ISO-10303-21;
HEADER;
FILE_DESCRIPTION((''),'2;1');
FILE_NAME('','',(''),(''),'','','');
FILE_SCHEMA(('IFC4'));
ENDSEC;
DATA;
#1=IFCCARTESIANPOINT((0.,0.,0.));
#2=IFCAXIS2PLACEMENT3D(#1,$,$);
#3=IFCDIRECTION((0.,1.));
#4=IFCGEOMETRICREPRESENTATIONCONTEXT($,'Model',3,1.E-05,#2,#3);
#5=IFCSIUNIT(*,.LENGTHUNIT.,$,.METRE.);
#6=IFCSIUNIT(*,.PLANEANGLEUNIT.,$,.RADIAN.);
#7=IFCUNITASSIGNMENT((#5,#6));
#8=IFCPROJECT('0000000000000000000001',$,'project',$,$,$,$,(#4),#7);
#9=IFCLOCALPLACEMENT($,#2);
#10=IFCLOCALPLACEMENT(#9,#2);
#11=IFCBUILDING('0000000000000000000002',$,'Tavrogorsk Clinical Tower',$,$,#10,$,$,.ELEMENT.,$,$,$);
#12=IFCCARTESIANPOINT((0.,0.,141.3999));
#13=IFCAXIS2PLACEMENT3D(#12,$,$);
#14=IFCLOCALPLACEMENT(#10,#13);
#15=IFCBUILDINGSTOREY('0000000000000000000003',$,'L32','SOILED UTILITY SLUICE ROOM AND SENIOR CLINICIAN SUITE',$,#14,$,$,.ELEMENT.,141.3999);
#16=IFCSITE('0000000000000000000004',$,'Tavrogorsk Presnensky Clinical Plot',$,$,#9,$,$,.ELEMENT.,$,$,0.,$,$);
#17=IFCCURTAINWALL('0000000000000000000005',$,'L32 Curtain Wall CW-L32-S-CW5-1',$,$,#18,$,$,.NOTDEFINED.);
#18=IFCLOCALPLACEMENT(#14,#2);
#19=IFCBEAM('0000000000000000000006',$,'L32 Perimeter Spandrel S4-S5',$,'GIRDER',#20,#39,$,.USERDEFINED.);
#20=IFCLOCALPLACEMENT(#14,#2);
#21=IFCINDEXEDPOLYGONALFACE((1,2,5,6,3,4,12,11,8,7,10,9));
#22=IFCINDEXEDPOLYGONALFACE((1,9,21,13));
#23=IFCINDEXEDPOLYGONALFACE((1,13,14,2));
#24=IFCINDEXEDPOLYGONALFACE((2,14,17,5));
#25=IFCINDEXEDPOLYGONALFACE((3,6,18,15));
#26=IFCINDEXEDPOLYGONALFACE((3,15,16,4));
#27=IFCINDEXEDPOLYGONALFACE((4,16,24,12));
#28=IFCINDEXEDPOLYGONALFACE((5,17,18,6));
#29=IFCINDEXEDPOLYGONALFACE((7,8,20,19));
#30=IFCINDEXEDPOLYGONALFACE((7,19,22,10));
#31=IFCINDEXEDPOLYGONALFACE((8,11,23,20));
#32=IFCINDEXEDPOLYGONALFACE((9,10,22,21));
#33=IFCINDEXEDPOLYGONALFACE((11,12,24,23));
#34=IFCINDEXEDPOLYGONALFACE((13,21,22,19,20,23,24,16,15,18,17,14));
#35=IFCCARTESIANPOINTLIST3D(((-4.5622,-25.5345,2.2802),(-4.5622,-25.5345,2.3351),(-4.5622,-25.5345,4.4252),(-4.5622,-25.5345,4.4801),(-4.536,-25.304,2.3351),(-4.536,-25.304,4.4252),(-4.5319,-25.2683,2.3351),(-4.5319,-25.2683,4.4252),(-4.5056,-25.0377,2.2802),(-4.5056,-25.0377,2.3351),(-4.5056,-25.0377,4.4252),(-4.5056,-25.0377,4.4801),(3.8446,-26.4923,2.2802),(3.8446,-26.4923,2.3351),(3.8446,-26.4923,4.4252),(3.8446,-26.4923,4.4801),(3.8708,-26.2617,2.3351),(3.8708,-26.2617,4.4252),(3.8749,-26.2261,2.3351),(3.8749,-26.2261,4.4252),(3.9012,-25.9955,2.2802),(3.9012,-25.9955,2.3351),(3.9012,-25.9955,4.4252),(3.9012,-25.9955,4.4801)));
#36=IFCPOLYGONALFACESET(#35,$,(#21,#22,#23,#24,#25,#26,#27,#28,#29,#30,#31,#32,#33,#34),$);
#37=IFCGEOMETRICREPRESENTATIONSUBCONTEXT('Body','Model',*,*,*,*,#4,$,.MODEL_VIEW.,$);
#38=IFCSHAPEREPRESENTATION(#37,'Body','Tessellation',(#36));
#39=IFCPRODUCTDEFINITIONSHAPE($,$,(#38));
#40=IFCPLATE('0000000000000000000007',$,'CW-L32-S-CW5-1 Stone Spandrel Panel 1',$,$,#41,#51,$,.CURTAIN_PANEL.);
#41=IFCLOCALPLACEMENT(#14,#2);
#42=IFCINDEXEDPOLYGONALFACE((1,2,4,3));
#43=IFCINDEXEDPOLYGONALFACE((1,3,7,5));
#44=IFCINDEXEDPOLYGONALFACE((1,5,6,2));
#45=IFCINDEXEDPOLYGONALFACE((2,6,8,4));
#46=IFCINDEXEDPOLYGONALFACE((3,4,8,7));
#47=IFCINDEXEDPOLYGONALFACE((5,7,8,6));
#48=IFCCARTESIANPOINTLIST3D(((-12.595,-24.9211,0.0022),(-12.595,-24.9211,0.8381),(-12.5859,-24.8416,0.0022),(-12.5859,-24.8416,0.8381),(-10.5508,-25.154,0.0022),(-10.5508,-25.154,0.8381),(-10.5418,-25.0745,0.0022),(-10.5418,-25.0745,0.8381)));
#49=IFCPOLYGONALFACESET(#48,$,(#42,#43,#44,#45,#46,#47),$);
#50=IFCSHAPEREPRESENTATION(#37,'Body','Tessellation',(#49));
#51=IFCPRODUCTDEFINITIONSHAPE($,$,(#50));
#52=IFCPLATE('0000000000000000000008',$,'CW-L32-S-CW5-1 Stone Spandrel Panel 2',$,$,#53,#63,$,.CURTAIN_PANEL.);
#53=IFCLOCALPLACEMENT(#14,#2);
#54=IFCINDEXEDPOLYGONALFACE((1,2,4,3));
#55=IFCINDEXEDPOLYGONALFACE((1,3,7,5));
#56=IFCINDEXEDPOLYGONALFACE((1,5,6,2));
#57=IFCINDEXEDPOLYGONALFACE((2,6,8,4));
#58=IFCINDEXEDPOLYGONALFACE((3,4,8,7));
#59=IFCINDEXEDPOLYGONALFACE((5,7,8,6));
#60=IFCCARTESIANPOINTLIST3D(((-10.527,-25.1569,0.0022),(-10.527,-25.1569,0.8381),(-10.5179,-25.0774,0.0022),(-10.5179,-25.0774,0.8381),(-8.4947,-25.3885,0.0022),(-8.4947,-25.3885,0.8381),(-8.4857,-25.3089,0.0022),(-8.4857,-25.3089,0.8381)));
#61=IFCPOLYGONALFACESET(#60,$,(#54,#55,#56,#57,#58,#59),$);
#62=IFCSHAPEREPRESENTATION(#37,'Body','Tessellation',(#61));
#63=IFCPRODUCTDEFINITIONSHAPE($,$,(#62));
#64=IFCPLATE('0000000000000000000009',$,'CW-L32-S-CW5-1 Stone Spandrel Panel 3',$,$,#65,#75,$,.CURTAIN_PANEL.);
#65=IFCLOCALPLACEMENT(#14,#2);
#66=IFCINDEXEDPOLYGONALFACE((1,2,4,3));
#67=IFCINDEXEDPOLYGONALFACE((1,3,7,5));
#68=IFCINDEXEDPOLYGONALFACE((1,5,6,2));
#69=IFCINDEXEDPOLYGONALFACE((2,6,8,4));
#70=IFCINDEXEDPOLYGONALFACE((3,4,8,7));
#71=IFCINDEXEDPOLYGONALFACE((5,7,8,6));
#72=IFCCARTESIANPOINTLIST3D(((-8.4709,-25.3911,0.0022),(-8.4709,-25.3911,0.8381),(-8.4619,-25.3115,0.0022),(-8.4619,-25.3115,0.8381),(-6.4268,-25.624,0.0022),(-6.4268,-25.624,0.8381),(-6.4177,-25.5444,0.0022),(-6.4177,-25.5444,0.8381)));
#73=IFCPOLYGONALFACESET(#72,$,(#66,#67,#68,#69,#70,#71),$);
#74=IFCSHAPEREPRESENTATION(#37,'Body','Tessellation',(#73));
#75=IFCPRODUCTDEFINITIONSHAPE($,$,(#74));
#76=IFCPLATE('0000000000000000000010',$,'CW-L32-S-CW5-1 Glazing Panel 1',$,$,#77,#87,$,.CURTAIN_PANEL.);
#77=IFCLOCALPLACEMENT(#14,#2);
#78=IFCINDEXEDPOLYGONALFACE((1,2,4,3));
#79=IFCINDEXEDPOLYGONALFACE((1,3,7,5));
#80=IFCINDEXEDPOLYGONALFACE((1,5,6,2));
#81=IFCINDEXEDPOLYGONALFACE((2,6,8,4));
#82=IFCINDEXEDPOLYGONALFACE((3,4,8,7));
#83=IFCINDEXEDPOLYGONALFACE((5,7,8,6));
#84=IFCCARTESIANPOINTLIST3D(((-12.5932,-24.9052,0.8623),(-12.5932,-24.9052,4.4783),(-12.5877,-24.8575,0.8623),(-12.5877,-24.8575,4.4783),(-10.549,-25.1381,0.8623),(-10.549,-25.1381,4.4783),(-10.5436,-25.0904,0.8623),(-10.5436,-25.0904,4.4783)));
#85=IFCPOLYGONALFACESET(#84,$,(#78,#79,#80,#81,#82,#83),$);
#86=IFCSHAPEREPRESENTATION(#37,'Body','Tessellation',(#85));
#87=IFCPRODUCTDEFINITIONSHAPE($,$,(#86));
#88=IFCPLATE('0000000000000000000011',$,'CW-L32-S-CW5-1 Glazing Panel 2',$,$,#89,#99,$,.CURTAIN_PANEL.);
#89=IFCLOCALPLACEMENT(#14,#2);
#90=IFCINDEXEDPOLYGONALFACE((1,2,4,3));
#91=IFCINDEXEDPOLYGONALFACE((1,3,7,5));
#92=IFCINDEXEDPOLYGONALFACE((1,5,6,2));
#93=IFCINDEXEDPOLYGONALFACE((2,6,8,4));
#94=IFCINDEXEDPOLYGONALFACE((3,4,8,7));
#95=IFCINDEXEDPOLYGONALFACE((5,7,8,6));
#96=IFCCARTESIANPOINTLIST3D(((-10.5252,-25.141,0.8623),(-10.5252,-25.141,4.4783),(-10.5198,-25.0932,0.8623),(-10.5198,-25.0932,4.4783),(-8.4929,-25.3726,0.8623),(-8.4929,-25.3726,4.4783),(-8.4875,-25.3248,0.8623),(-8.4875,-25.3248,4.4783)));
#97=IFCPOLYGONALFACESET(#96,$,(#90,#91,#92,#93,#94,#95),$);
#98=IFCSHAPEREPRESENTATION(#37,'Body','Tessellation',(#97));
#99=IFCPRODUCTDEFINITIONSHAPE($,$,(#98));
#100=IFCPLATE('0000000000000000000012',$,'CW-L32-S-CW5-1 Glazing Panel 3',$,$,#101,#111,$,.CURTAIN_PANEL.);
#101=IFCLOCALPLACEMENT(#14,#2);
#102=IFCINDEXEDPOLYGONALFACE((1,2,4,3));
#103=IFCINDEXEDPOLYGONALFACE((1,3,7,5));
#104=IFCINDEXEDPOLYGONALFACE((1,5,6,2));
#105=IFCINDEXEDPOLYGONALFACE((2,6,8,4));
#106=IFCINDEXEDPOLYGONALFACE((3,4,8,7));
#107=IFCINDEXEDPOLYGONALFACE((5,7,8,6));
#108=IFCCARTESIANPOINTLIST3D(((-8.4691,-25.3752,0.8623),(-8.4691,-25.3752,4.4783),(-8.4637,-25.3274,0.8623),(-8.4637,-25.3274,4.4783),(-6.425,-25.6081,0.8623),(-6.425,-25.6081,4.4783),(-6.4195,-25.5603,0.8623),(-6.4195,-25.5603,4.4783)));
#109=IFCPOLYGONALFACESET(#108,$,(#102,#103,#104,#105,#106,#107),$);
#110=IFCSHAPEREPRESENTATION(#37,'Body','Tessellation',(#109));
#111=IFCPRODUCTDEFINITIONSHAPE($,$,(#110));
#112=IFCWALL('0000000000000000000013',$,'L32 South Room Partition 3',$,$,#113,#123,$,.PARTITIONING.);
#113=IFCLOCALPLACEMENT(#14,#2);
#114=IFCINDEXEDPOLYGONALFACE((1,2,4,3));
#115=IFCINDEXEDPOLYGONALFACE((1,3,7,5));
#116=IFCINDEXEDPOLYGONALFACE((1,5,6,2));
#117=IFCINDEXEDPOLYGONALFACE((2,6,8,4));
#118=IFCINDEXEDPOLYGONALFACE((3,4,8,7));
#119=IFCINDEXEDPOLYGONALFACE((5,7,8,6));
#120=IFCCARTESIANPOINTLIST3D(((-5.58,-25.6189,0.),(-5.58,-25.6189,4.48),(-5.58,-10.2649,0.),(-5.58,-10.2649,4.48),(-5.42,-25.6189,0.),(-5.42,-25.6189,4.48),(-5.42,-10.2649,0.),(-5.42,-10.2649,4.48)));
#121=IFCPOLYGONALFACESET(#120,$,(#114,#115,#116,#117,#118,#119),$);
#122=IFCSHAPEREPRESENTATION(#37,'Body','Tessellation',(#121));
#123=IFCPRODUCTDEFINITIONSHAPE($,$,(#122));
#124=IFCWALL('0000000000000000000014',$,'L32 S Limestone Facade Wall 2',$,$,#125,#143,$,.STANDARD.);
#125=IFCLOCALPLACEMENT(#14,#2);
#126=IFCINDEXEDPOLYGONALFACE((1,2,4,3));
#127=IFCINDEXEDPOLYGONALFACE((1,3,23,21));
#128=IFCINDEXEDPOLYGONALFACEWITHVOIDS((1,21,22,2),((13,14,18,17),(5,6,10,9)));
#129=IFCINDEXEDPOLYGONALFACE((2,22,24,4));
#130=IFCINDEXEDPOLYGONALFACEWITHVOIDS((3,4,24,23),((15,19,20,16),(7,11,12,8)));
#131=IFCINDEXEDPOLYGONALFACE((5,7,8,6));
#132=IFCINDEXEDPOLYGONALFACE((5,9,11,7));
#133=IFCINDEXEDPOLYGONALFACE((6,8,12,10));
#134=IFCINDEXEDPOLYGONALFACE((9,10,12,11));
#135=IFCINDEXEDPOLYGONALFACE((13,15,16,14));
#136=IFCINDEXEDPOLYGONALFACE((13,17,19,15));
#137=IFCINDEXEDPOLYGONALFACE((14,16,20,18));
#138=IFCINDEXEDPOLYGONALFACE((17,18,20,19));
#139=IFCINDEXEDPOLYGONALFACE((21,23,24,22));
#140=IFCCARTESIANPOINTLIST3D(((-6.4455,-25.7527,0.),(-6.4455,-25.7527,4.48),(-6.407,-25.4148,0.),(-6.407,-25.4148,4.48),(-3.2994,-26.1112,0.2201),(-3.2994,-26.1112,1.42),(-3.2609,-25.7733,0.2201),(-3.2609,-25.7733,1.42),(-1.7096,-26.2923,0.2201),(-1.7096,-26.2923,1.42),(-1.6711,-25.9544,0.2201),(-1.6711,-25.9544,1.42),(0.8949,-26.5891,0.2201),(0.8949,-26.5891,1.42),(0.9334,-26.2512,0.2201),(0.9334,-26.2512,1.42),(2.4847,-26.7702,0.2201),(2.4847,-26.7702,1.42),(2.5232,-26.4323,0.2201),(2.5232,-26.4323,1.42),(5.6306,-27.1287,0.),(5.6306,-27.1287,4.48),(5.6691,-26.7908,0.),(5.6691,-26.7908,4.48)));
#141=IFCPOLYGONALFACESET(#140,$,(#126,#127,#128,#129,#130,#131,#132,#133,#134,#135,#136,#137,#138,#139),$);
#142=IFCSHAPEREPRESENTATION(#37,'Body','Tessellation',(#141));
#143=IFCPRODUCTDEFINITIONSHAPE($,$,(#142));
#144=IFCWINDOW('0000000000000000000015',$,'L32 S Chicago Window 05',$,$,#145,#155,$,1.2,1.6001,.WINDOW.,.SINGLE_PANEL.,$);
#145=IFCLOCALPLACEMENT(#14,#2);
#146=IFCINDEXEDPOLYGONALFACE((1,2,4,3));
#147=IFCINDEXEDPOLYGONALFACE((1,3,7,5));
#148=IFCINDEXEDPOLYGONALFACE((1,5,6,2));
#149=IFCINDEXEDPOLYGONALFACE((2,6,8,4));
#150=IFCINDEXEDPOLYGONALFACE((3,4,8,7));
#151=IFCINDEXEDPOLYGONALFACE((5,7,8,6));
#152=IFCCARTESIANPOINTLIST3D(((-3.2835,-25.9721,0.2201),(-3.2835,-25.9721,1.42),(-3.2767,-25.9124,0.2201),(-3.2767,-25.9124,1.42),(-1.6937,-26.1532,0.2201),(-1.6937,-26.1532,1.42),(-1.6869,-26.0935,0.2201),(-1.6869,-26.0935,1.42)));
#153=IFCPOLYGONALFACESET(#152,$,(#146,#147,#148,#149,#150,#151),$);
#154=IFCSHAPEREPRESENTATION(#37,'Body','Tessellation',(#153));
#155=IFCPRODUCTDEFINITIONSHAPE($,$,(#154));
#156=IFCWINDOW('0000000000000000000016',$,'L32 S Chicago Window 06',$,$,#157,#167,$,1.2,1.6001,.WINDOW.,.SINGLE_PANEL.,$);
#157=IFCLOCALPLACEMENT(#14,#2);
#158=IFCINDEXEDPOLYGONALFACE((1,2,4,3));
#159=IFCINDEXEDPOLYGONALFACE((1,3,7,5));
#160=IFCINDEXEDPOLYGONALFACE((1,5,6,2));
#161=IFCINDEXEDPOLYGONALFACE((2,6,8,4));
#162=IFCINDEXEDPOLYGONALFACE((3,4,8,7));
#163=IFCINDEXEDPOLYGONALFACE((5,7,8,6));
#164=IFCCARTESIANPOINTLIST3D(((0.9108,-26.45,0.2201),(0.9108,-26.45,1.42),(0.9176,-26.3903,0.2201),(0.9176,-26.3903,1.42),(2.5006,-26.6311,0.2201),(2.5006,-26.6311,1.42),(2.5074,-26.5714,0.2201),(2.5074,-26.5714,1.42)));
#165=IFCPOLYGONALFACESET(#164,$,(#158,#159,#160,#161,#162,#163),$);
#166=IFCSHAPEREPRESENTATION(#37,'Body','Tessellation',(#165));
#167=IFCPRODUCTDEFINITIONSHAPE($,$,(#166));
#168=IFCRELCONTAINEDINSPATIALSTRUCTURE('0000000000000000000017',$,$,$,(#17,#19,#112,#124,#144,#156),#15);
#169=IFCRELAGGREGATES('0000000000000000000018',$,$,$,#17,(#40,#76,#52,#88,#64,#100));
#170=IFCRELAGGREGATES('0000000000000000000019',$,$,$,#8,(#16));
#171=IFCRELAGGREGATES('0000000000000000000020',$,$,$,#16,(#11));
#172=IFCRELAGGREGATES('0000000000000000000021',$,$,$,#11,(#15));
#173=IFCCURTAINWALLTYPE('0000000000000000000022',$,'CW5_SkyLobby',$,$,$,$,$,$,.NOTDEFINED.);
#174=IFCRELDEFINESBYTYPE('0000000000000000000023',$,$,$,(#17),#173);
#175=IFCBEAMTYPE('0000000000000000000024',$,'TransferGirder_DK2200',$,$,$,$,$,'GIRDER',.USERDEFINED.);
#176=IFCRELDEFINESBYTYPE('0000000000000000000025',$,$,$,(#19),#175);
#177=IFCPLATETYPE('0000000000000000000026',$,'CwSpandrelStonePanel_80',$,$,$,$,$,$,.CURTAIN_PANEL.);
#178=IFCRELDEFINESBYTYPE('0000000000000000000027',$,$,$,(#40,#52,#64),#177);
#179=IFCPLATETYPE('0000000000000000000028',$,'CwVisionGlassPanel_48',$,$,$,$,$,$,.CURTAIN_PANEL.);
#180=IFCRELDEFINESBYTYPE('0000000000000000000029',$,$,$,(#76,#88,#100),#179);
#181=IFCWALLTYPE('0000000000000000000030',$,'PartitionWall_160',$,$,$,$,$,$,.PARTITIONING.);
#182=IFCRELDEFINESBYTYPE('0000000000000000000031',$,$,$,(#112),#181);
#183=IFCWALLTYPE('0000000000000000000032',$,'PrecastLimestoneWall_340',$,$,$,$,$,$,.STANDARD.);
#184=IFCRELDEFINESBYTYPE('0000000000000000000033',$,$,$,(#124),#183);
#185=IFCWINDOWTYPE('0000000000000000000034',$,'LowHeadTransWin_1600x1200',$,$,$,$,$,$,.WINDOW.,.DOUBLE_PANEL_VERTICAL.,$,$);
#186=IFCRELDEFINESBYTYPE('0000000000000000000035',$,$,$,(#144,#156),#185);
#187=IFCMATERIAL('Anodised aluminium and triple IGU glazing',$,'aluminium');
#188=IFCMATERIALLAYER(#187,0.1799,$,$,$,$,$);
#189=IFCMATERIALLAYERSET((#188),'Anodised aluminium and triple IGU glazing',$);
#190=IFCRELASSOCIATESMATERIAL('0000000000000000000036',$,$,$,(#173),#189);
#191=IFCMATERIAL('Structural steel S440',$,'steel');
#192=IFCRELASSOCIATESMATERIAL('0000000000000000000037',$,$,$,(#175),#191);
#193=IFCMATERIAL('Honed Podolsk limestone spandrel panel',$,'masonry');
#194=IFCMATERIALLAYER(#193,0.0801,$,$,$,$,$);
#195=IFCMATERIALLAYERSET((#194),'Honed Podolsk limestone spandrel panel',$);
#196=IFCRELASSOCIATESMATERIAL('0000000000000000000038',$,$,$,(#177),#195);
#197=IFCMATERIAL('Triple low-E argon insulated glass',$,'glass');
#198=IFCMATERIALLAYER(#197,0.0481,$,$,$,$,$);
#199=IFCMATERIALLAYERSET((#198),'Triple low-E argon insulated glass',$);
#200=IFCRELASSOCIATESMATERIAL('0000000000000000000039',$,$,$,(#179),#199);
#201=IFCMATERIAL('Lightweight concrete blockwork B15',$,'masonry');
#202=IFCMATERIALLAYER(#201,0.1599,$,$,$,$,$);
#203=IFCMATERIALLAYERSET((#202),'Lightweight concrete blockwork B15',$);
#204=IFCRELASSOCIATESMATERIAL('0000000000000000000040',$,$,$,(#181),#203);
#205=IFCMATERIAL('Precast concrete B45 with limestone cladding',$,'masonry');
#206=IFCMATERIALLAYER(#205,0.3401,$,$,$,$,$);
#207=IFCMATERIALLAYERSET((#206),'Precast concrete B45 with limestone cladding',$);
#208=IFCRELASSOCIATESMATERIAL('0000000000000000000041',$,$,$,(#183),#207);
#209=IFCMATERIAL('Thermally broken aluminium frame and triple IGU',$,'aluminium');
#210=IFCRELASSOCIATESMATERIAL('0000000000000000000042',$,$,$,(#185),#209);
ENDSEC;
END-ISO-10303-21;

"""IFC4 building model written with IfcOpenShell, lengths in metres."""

from ifc_helpers import new_model, si_unit, direction, frame, frame_2d, origin, origin_2d, place, context, subcontext, project, spatial, rectangle, i_section, extrude, material, layer, layer_set, material_profile, profile_set, type_object, element, fill, aggregate, save


model = new_model("IFC4")

# Units and contexts
model_context = context("Model", 3, precision=1e-05, world=origin(), true_north=direction((0.0, 1.0)))
body_context = subcontext(model_context, "Body", "Model", "MODEL_VIEW")
ifc_project = project(units=[si_unit("LENGTHUNIT", "METRE"), si_unit("PLANEANGLEUNIT", "RADIAN")], contexts=[model_context])

# Site, building, storey
site_placement = place(None, origin())
site = spatial("IfcSite", under=ifc_project, at=site_placement, Name="Tavrogorsk Presnensky Clinical Plot", CompositionType="ELEMENT", RefElevation=0.0)
building_placement = place(site_placement, origin())
building = spatial("IfcBuilding", under=site, at=building_placement, Name="Tavrogorsk Clinical Tower", CompositionType="ELEMENT")
storey_placement = place(building_placement, frame((0.0, 0.0, 141.3999)))
storey = spatial("IfcBuildingStorey", under=building, at=storey_placement, Name="L32", Description="SOILED UTILITY SLUICE ROOM AND SENIOR CLINICIAN SUITE", CompositionType="ELEMENT", Elevation=141.3999)

# Curtain wall
ifc_material_1 = material(Name="Anodised aluminium and triple IGU glazing", Category="aluminium")
ifc_layer_1 = layer(ifc_material_1, 0.1799)
ifc_layer_set_1 = layer_set([ifc_layer_1], Name="Anodised aluminium and triple IGU glazing")
curtain_wall_type = type_object("IfcCurtainWallType", Name="CW5_SkyLobby", PredefinedType="NOTDEFINED", material=ifc_layer_set_1)
curtain_wall_placement = place(storey_placement, origin())
curtain_wall = element("IfcCurtainWall", 1, at=curtain_wall_placement, inside=storey, type_object=curtain_wall_type, Name="L32 Curtain Wall CW-L32-S-CW5-1", PredefinedType="NOTDEFINED")

# Beam
ifc_material_2 = material(Name="Structural steel S440", Category="steel")
ifc_material_profile_1 = material_profile(ifc_material_2, i_section(OverallWidth=0.5, OverallDepth=2.2, WebThickness=0.0359, FlangeThickness=0.0549, at=origin_2d()), Name="DK-2200x500x36x55")
ifc_profile_set_1 = profile_set([ifc_material_profile_1], Name="Structural steel S440")
beam_type = type_object("IfcBeamType", Name="TransferGirder_DK2200", ElementType="GIRDER", PredefinedType="USERDEFINED", material=ifc_profile_set_1)
for number, where, z_axis, x_axis, name in (
    (2, (-4.5339, -25.2861, 3.3801), (0.993573, -0.113196, 0.0), (0.113196, 0.993573, 0.0), "L32 Perimeter Spandrel S4-S5"),
):
    element("IfcBeam", number, at=place(storey_placement, frame(where, z_axis=z_axis, x_axis=x_axis)), inside=storey, type_object=beam_type, Name=name, ObjectType="GIRDER", PredefinedType="USERDEFINED", context=body_context, shape_type="SweptSolid", body=[
        extrude(i_section(OverallWidth=0.5, OverallDepth=2.2, WebThickness=0.0359, FlangeThickness=0.0549, at=origin_2d()), origin(), (0.0, 0.0, 1.0), 8.4612),
    ])

# Plates
ifc_material_3 = material(Name="Honed Podolsk limestone spandrel panel", Category="masonry")
ifc_layer_2 = layer(ifc_material_3, 0.0801)
ifc_layer_set_2 = layer_set([ifc_layer_2], Name="Honed Podolsk limestone spandrel panel")
plate_type_1 = type_object("IfcPlateType", Name="CwSpandrelStonePanel_80", PredefinedType="CURTAIN_PANEL", material=ifc_layer_set_2)
plate_1_placement = place(storey_placement, frame((-11.5684, -24.9978, 0.0022), z_axis=(0.0, 0.0, 1.0), x_axis=(0.993572, -0.113203, 0.0)))
plate_1 = element("IfcPlate", 3, at=plate_1_placement, type_object=plate_type_1, Name="CW-L32-S-CW5-1 Stone Spandrel Panel 1", PredefinedType="CURTAIN_PANEL", context=body_context, shape_type="SweptSolid", body=[
    extrude(rectangle(XDim=2.0574, YDim=0.0801, at=origin_2d()), origin(), (0.0, 0.0, 1.0), 0.8359),
])
plate_2_placement = place(storey_placement, frame((-9.5063, -25.2329, 0.0022), z_axis=(0.0, 0.0, 1.0), x_axis=(0.993572, -0.113203, 0.0)))
plate_2 = element("IfcPlate", 4, at=plate_2_placement, type_object=plate_type_1, Name="CW-L32-S-CW5-1 Stone Spandrel Panel 2", PredefinedType="CURTAIN_PANEL", context=body_context, shape_type="SweptSolid", body=[
    extrude(rectangle(XDim=2.0454, YDim=0.0801, at=origin_2d()), origin(), (0.0, 0.0, 1.0), 0.8359),
])
plate_3_placement = place(storey_placement, frame((-7.4443, -25.4678, 0.0022), z_axis=(0.0, 0.0, 1.0), x_axis=(0.993572, -0.113203, 0.0)))
plate_3 = element("IfcPlate", 5, at=plate_3_placement, type_object=plate_type_1, Name="CW-L32-S-CW5-1 Stone Spandrel Panel 3", PredefinedType="CURTAIN_PANEL", context=body_context, shape_type="SweptSolid", body=[
    extrude(rectangle(XDim=2.0574, YDim=0.0801, at=origin_2d()), origin(), (0.0, 0.0, 1.0), 0.8359),
])
ifc_material_4 = material(Name="Triple low-E argon insulated glass", Category="glass")
ifc_layer_3 = layer(ifc_material_4, 0.0481)
ifc_layer_set_3 = layer_set([ifc_layer_3], Name="Triple low-E argon insulated glass")
plate_type_2 = type_object("IfcPlateType", Name="CwVisionGlassPanel_48", PredefinedType="CURTAIN_PANEL", material=ifc_layer_set_3)
plate_4_placement = place(storey_placement, frame((-11.5684, -24.9978, 0.8623), z_axis=(0.0, 0.0, 1.0), x_axis=(0.993572, -0.113203, 0.0)))
plate_4 = element("IfcPlate", 6, at=plate_4_placement, type_object=plate_type_2, Name="CW-L32-S-CW5-1 Glazing Panel 1", PredefinedType="CURTAIN_PANEL", context=body_context, shape_type="SweptSolid", body=[
    extrude(rectangle(XDim=2.0574, YDim=0.0481, at=origin_2d()), origin(), (0.0, 0.0, 1.0), 3.616),
])
plate_5_placement = place(storey_placement, frame((-9.5063, -25.2329, 0.8623), z_axis=(0.0, 0.0, 1.0), x_axis=(0.993572, -0.113203, 0.0)))
plate_5 = element("IfcPlate", 7, at=plate_5_placement, type_object=plate_type_2, Name="CW-L32-S-CW5-1 Glazing Panel 2", PredefinedType="CURTAIN_PANEL", context=body_context, shape_type="SweptSolid", body=[
    extrude(rectangle(XDim=2.0454, YDim=0.0481, at=origin_2d()), origin(), (0.0, 0.0, 1.0), 3.616),
])
plate_6_placement = place(storey_placement, frame((-7.4443, -25.4678, 0.8623), z_axis=(0.0, 0.0, 1.0), x_axis=(0.993572, -0.113203, 0.0)))
plate_6 = element("IfcPlate", 8, at=plate_6_placement, type_object=plate_type_2, Name="CW-L32-S-CW5-1 Glazing Panel 3", PredefinedType="CURTAIN_PANEL", context=body_context, shape_type="SweptSolid", body=[
    extrude(rectangle(XDim=2.0574, YDim=0.0481, at=origin_2d()), origin(), (0.0, 0.0, 1.0), 3.616),
])
aggregate(curtain_wall, [plate_1, plate_4, plate_2, plate_5, plate_3, plate_6])

# Wall
ifc_material_5 = material(Name="Lightweight concrete blockwork B15", Category="masonry")
ifc_layer_4 = layer(ifc_material_5, 0.1599)
ifc_layer_set_4 = layer_set([ifc_layer_4], Name="Lightweight concrete blockwork B15")
wall_type_1 = type_object("IfcWallType", Name="PartitionWall_160", PredefinedType="PARTITIONING", material=ifc_layer_set_4)
wall_1_placement = place(storey_placement, frame((-5.5, -25.6189, 0.0), z_axis=(0.0, 0.0, 1.0), x_axis=(0.0, 1.0, 0.0)))
element("IfcWall", 9, at=wall_1_placement, inside=storey, type_object=wall_type_1, Name="L32 South Room Partition 3", PredefinedType="PARTITIONING", context=body_context, shape_type="SweptSolid", body=[
    extrude(rectangle(XDim=15.354, YDim=0.1599, at=frame_2d((7.677, 0.0))), origin(), (0.0, 0.0, 1.0), 4.48),
])

# Wall, openings, windows
ifc_material_6 = material(Name="Precast concrete B45 with limestone cladding", Category="masonry")
ifc_layer_5 = layer(ifc_material_6, 0.3401)
ifc_layer_set_5 = layer_set([ifc_layer_5], Name="Precast concrete B45 with limestone cladding")
wall_type_2 = type_object("IfcWallType", Name="PrecastLimestoneWall_340", PredefinedType="STANDARD", material=ifc_layer_set_5)
wall_2_placement = place(storey_placement, frame((-6.4263, -25.5837, 0.0), z_axis=(0.0, 0.0, 1.0), x_axis=(0.993571, -0.113209, 0.0)))
wall_2 = element("IfcWall", 10, at=wall_2_placement, inside=storey, type_object=wall_type_2, Name="L32 S Limestone Facade Wall 2", PredefinedType="STANDARD", context=body_context, shape_type="SweptSolid", body=[
    extrude(rectangle(XDim=12.1543, YDim=0.3401, at=frame_2d((6.0771, 0.0))), origin(), (0.0, 0.0, 1.0), 4.48),
])
opening_1_placement = place(wall_2_placement, frame((3.1665, 0.0, 0.22)))
opening_1 = element("IfcOpeningElement", 11, at=opening_1_placement, cuts=wall_2, PredefinedType="OPENING", context=body_context, shape_type="SweptSolid", body=[
    extrude(rectangle(XDim=1.6001, YDim=1.2, at=frame_2d((0.8, 0.6001))), frame((0.0, 0.1799, 0.0), z_axis=(0.0, -1.0, 0.0), x_axis=(1.0, 0.0, 0.0)), (0.0, 0.0, 1.0), 0.3601),
])
opening_2_placement = place(wall_2_placement, frame((7.3879, 0.0, 0.22)))
opening_2 = element("IfcOpeningElement", 12, at=opening_2_placement, cuts=wall_2, PredefinedType="OPENING", context=body_context, shape_type="SweptSolid", body=[
    extrude(rectangle(XDim=1.6001, YDim=1.2, at=frame_2d((0.8, 0.6001))), frame((0.0, 0.1799, 0.0), z_axis=(0.0, -1.0, 0.0), x_axis=(1.0, 0.0, 0.0)), (0.0, 0.0, 1.0), 0.3601),
])
ifc_material_7 = material(Name="Thermally broken aluminium frame and triple IGU", Category="aluminium")
window_type = type_object("IfcWindowType", Name="LowHeadTransWin_1600x1200", PartitioningType="DOUBLE_PANEL_VERTICAL", PredefinedType="WINDOW", material=ifc_material_7)
window_1_placement = place(opening_1_placement, origin())
window_1 = element("IfcWindow", 13, at=window_1_placement, inside=storey, type_object=window_type, Name="L32 S Chicago Window 05", OverallHeight=1.2, OverallWidth=1.6001, PartitioningType="SINGLE_PANEL", PredefinedType="WINDOW", context=body_context, shape_type="SweptSolid", body=[
    extrude(rectangle(XDim=1.6001, YDim=1.2, at=frame_2d((0.8, 0.6001))), frame((0.0, 0.03, 0.0), z_axis=(0.0, -1.0, 0.0), x_axis=(1.0, 0.0, 0.0)), (0.0, 0.0, 1.0), 0.0601),
])
fill(opening_1, window_1)
window_2_placement = place(opening_2_placement, origin())
window_2 = element("IfcWindow", 14, at=window_2_placement, inside=storey, type_object=window_type, Name="L32 S Chicago Window 06", OverallHeight=1.2, OverallWidth=1.6001, PartitioningType="SINGLE_PANEL", PredefinedType="WINDOW", context=body_context, shape_type="SweptSolid", body=[
    extrude(rectangle(XDim=1.6001, YDim=1.2, at=frame_2d((0.8, 0.6001))), frame((0.0, 0.03, 0.0), z_axis=(0.0, -1.0, 0.0), x_axis=(1.0, 0.0, 0.0)), (0.0, 0.0, 1.0), 0.0601),
])
fill(opening_2, window_2)

save(model, "model.ifc")
